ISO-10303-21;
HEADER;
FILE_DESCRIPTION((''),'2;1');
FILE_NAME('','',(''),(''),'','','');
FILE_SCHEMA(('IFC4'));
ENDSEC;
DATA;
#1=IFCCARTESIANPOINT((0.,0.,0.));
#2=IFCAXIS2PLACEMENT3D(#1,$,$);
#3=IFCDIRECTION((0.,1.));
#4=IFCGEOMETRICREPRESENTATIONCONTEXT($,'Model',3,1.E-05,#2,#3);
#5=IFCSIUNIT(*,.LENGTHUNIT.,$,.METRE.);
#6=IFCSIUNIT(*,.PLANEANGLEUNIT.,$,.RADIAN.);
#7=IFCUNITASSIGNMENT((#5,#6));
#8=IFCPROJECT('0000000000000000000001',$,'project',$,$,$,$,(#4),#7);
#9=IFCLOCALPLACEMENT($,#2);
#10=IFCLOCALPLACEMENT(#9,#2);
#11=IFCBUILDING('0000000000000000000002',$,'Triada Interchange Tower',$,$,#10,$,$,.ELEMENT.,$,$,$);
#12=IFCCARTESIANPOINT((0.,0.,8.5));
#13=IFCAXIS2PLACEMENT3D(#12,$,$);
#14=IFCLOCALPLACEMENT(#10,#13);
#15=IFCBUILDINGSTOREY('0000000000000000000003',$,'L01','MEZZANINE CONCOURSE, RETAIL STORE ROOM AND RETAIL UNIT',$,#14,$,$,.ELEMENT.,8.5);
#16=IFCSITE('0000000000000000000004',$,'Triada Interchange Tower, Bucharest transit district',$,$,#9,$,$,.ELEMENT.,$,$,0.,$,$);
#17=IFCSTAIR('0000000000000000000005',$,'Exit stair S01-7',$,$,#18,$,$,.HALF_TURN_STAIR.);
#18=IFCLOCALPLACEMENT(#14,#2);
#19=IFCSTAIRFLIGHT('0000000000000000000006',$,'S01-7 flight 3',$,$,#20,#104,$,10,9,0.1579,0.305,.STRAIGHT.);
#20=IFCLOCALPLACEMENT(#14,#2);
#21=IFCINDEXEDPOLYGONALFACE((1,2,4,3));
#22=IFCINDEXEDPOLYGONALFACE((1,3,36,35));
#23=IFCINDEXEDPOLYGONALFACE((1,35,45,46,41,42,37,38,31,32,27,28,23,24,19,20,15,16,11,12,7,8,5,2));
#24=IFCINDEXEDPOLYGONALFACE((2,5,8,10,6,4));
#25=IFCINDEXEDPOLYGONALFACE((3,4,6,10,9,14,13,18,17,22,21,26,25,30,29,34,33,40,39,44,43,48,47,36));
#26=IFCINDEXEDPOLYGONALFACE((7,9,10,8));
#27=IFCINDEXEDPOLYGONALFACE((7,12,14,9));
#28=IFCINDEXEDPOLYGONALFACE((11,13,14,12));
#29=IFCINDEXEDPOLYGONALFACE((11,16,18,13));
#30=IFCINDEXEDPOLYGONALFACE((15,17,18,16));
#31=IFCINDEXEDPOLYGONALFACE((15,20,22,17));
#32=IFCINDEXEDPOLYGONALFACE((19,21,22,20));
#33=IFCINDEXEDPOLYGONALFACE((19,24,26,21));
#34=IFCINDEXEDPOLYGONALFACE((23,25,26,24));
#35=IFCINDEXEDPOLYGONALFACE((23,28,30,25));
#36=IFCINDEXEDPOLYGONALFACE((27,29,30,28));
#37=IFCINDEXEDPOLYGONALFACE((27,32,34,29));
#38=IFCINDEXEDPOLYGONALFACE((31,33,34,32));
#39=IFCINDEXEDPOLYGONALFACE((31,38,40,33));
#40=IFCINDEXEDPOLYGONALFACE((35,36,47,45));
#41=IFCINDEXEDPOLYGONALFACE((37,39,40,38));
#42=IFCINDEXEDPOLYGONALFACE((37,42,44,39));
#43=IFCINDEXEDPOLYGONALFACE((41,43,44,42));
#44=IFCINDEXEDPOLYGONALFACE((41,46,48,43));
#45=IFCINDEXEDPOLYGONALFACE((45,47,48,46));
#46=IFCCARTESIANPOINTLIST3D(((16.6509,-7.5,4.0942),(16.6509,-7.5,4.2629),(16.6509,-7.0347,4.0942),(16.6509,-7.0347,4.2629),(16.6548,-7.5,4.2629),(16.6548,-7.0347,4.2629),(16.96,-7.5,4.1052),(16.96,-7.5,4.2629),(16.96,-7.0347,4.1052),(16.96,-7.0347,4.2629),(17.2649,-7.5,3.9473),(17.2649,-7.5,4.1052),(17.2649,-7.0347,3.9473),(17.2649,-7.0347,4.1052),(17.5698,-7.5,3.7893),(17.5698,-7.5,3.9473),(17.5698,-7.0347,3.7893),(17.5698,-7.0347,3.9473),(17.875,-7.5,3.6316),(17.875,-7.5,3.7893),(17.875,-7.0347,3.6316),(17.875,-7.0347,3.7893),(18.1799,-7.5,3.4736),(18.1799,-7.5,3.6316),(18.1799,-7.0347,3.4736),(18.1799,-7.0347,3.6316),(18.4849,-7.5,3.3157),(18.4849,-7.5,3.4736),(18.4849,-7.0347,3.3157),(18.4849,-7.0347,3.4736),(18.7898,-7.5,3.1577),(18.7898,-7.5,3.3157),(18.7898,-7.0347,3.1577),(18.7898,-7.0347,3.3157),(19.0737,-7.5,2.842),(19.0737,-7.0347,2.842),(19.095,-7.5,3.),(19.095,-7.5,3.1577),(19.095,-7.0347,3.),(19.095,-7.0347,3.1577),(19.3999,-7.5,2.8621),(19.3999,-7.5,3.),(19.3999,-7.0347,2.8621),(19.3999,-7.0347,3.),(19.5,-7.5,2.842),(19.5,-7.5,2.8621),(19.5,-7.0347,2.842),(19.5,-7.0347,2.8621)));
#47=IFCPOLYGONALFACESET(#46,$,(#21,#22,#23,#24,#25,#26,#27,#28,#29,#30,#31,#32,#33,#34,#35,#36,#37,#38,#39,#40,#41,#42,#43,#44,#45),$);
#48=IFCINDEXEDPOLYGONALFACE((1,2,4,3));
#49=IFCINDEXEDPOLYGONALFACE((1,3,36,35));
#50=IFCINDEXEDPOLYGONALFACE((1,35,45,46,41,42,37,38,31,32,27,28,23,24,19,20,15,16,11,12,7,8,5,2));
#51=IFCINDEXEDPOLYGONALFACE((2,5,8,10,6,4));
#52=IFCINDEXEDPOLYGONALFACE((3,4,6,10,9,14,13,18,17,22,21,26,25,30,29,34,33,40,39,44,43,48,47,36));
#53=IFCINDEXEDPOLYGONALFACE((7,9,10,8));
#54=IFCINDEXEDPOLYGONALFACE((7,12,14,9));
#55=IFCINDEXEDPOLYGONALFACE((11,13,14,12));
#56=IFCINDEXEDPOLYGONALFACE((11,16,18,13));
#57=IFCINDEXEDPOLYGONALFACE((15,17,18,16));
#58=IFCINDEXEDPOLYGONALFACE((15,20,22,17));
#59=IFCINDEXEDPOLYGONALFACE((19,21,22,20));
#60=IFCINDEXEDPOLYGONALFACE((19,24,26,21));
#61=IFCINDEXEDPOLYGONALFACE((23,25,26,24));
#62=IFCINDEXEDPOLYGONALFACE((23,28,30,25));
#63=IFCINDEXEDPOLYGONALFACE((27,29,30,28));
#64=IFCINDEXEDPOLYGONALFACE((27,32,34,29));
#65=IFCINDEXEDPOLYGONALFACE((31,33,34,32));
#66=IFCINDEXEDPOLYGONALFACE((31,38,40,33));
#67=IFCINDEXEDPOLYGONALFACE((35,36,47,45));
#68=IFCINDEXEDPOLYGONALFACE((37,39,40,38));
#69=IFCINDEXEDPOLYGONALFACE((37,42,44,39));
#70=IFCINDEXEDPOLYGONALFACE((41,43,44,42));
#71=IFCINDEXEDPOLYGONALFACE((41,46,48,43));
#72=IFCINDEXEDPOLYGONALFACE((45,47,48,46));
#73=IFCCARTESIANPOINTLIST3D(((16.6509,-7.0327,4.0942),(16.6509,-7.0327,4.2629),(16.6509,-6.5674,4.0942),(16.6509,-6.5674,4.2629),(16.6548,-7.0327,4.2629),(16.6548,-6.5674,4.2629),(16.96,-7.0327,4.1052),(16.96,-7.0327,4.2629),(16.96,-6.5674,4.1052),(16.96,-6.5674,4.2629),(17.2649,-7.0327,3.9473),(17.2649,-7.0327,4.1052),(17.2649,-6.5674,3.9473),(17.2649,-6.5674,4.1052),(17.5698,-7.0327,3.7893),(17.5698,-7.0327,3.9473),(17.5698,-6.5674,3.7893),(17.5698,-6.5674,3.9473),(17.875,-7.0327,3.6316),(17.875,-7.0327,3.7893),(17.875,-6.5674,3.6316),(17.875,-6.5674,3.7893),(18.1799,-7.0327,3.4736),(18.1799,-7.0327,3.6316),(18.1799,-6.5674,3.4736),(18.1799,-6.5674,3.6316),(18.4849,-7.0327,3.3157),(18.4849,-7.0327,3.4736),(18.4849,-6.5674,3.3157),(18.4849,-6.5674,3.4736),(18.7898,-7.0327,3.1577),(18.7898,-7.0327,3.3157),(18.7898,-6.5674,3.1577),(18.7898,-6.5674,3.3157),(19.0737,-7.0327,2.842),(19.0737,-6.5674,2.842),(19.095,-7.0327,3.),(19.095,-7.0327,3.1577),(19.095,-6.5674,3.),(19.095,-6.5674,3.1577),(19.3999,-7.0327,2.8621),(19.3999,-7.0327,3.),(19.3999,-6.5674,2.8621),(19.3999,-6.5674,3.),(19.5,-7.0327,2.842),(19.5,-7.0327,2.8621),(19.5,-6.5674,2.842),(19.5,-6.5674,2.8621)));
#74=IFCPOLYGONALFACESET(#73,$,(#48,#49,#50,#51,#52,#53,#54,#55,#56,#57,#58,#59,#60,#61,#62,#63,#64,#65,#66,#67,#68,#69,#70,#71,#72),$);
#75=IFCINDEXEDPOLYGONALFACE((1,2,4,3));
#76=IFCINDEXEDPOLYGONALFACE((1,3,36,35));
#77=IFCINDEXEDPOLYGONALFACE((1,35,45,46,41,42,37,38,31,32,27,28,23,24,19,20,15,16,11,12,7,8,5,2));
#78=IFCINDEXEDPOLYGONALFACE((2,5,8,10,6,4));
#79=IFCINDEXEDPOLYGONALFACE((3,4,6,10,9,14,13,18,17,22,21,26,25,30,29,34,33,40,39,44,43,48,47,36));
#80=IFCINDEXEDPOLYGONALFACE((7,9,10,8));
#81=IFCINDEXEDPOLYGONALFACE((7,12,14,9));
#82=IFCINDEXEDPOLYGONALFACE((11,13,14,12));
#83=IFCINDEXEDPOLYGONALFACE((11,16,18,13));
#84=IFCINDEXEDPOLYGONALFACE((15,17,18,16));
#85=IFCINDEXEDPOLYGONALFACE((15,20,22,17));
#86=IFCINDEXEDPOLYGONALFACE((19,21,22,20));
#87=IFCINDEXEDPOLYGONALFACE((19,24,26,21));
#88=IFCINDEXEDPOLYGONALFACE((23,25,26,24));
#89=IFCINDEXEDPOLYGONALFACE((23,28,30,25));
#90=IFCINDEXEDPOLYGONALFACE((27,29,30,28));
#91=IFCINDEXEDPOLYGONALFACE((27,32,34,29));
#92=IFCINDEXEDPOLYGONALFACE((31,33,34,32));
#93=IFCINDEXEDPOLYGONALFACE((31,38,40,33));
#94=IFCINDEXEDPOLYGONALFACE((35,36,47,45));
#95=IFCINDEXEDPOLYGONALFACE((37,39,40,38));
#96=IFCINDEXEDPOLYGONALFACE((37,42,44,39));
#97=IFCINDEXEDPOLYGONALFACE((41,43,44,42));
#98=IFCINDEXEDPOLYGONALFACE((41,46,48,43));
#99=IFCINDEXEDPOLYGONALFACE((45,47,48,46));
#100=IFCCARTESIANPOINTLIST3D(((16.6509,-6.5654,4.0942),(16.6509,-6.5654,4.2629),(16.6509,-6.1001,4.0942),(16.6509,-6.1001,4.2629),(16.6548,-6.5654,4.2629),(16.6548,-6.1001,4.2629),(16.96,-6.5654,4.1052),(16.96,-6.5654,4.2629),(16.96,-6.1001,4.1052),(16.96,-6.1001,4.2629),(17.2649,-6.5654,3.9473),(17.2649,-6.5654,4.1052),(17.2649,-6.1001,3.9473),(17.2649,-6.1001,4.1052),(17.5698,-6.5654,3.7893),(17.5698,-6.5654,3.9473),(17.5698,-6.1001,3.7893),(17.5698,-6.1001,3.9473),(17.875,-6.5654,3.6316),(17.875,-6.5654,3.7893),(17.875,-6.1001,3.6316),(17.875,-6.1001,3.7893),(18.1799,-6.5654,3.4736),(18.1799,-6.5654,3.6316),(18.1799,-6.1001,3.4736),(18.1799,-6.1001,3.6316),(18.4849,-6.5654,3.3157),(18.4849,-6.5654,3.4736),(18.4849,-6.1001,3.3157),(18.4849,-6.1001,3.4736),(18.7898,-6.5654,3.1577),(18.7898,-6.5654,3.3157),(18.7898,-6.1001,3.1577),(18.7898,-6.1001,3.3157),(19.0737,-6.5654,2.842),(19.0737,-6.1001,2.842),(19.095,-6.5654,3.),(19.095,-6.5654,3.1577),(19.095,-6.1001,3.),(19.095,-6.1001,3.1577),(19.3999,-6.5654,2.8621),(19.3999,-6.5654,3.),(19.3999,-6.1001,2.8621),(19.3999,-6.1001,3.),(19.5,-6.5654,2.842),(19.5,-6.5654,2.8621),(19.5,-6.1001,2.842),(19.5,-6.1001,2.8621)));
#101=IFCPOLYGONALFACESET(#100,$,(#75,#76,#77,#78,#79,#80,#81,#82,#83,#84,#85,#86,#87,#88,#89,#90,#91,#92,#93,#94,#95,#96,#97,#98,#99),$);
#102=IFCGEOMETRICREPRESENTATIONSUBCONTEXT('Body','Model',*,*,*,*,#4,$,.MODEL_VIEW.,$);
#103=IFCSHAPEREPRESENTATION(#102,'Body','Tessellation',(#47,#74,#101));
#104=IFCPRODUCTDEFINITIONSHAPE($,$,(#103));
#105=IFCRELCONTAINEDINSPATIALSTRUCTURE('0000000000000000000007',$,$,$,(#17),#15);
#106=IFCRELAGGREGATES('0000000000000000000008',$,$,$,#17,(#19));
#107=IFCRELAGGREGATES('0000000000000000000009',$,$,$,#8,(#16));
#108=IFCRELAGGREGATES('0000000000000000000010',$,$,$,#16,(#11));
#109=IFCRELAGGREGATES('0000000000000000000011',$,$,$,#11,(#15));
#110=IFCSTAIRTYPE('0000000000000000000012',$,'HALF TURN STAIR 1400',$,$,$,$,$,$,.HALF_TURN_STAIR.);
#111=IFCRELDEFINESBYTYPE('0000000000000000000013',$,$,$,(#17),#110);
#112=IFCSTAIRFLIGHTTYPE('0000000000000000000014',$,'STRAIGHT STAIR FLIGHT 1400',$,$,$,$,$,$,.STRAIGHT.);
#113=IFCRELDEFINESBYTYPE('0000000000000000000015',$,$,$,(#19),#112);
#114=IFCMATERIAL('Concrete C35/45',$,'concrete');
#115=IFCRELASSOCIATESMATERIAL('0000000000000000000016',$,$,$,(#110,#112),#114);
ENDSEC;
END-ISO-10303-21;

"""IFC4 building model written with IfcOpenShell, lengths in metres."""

from ifc_helpers import new_model, si_unit, direction, frame, origin, place, context, subcontext, project, spatial, polyline, outline, extrude, material, type_object, element, aggregate, save


model = new_model("IFC4")

# Units and contexts
model_context = context("Model", 3, precision=1e-05, world=origin(), true_north=direction((0.0, 1.0)))
body_context = subcontext(model_context, "Body", "Model", "MODEL_VIEW")
ifc_project = project(units=[si_unit("LENGTHUNIT", "METRE"), si_unit("PLANEANGLEUNIT", "RADIAN")], contexts=[model_context])

# Site, building, storey
site_placement = place(None, origin())
site = spatial("IfcSite", under=ifc_project, at=site_placement, Name="Triada Interchange Tower, Bucharest transit district", CompositionType="ELEMENT", RefElevation=0.0)
building_placement = place(site_placement, origin())
building = spatial("IfcBuilding", under=site, at=building_placement, Name="Triada Interchange Tower", CompositionType="ELEMENT")
storey_placement = place(building_placement, frame((0.0, 0.0, 8.5)))
storey = spatial("IfcBuildingStorey", under=building, at=storey_placement, Name="L01", Description="MEZZANINE CONCOURSE, RETAIL STORE ROOM AND RETAIL UNIT", CompositionType="ELEMENT", Elevation=8.5)

# Shared definitions
ifc_material_1 = material(Name="Concrete C35/45", Category="concrete")

# Stair, stair flight
stair_type = type_object("IfcStairType", Name="HALF TURN STAIR 1400", PredefinedType="HALF_TURN_STAIR", material=ifc_material_1)
stair_placement = place(storey_placement, origin())
stair = element("IfcStair", 1, at=stair_placement, inside=storey, type_object=stair_type, Name="Exit stair S01-7", PredefinedType="HALF_TURN_STAIR")
stair_flight_type = type_object("IfcStairFlightType", Name="STRAIGHT STAIR FLIGHT 1400", PredefinedType="STRAIGHT", material=ifc_material_1)
stair_flight_1_placement = place(storey_placement, frame((19.3999, -6.8, 2.842), z_axis=(0.0, 0.0, 1.0), x_axis=(-1.0, 0.0, 0.0)))
stair_flight_1 = element("IfcStairFlight", 2, at=stair_flight_1_placement, type_object=stair_flight_type, Name="S01-7 flight 3", NumberOfRisers=10, NumberOfTreads=9, PredefinedType="STRAIGHT", RiserHeight=0.1579, TreadLength=0.305, context=body_context, shape_type="SweptSolid", body=[
    extrude(outline(polyline([(-0.1001, 0.0), (-0.1001, 0.02), (0.0, 0.02), (0.0, 0.158), (0.3049, 0.158), (0.3049, 0.3157), (0.6101, 0.3157), (0.6101, 0.4736), (0.915, 0.4736), (0.915, 0.6316), (1.22, 0.6316), (1.22, 0.7896), (1.5249, 0.7896), (1.5249, 0.9473), (1.8301, 0.9473), (1.8301, 1.1052), (2.135, 1.1052), (2.135, 1.2632), (2.4399, 1.2632), (2.4399, 1.4209), (2.7451, 1.4209), (2.749, 1.4209), (2.749, 1.5789), (2.749, 1.2522), (0.3262, 0.0), (-0.1001, 0.0)])), frame((0.0, 0.7, 0.0), z_axis=(0.0, -1.0, 0.0), x_axis=(1.0, 0.0, 0.0)), (0.0, 0.0, 1.0), 0.4653),
    extrude(outline(polyline([(-0.1001, 0.0), (-0.1001, 0.02), (0.0, 0.02), (0.0, 0.158), (0.3049, 0.158), (0.3049, 0.3157), (0.6101, 0.3157), (0.6101, 0.4736), (0.915, 0.4736), (0.915, 0.6316), (1.22, 0.6316), (1.22, 0.7896), (1.5249, 0.7896), (1.5249, 0.9473), (1.8301, 0.9473), (1.8301, 1.1052), (2.135, 1.1052), (2.135, 1.2632), (2.4399, 1.2632), (2.4399, 1.4209), (2.7451, 1.4209), (2.749, 1.4209), (2.749, 1.5789), (2.749, 1.2522), (0.3262, 0.0), (-0.1001, 0.0)])), frame((0.0, 0.2327, 0.0), z_axis=(0.0, -1.0, 0.0), x_axis=(1.0, 0.0, 0.0)), (0.0, 0.0, 1.0), 0.4653),
    extrude(outline(polyline([(-0.1001, 0.0), (-0.1001, 0.02), (0.0, 0.02), (0.0, 0.158), (0.3049, 0.158), (0.3049, 0.3157), (0.6101, 0.3157), (0.6101, 0.4736), (0.915, 0.4736), (0.915, 0.6316), (1.22, 0.6316), (1.22, 0.7896), (1.5249, 0.7896), (1.5249, 0.9473), (1.8301, 0.9473), (1.8301, 1.1052), (2.135, 1.1052), (2.135, 1.2632), (2.4399, 1.2632), (2.4399, 1.4209), (2.7451, 1.4209), (2.749, 1.4209), (2.749, 1.5789), (2.749, 1.2522), (0.3262, 0.0), (-0.1001, 0.0)])), frame((0.0, -0.2346, 0.0), z_axis=(0.0, -1.0, 0.0), x_axis=(1.0, 0.0, 0.0)), (0.0, 0.0, 1.0), 0.4653),
])
aggregate(stair, [stair_flight_1])

save(model, "model.ifc")
